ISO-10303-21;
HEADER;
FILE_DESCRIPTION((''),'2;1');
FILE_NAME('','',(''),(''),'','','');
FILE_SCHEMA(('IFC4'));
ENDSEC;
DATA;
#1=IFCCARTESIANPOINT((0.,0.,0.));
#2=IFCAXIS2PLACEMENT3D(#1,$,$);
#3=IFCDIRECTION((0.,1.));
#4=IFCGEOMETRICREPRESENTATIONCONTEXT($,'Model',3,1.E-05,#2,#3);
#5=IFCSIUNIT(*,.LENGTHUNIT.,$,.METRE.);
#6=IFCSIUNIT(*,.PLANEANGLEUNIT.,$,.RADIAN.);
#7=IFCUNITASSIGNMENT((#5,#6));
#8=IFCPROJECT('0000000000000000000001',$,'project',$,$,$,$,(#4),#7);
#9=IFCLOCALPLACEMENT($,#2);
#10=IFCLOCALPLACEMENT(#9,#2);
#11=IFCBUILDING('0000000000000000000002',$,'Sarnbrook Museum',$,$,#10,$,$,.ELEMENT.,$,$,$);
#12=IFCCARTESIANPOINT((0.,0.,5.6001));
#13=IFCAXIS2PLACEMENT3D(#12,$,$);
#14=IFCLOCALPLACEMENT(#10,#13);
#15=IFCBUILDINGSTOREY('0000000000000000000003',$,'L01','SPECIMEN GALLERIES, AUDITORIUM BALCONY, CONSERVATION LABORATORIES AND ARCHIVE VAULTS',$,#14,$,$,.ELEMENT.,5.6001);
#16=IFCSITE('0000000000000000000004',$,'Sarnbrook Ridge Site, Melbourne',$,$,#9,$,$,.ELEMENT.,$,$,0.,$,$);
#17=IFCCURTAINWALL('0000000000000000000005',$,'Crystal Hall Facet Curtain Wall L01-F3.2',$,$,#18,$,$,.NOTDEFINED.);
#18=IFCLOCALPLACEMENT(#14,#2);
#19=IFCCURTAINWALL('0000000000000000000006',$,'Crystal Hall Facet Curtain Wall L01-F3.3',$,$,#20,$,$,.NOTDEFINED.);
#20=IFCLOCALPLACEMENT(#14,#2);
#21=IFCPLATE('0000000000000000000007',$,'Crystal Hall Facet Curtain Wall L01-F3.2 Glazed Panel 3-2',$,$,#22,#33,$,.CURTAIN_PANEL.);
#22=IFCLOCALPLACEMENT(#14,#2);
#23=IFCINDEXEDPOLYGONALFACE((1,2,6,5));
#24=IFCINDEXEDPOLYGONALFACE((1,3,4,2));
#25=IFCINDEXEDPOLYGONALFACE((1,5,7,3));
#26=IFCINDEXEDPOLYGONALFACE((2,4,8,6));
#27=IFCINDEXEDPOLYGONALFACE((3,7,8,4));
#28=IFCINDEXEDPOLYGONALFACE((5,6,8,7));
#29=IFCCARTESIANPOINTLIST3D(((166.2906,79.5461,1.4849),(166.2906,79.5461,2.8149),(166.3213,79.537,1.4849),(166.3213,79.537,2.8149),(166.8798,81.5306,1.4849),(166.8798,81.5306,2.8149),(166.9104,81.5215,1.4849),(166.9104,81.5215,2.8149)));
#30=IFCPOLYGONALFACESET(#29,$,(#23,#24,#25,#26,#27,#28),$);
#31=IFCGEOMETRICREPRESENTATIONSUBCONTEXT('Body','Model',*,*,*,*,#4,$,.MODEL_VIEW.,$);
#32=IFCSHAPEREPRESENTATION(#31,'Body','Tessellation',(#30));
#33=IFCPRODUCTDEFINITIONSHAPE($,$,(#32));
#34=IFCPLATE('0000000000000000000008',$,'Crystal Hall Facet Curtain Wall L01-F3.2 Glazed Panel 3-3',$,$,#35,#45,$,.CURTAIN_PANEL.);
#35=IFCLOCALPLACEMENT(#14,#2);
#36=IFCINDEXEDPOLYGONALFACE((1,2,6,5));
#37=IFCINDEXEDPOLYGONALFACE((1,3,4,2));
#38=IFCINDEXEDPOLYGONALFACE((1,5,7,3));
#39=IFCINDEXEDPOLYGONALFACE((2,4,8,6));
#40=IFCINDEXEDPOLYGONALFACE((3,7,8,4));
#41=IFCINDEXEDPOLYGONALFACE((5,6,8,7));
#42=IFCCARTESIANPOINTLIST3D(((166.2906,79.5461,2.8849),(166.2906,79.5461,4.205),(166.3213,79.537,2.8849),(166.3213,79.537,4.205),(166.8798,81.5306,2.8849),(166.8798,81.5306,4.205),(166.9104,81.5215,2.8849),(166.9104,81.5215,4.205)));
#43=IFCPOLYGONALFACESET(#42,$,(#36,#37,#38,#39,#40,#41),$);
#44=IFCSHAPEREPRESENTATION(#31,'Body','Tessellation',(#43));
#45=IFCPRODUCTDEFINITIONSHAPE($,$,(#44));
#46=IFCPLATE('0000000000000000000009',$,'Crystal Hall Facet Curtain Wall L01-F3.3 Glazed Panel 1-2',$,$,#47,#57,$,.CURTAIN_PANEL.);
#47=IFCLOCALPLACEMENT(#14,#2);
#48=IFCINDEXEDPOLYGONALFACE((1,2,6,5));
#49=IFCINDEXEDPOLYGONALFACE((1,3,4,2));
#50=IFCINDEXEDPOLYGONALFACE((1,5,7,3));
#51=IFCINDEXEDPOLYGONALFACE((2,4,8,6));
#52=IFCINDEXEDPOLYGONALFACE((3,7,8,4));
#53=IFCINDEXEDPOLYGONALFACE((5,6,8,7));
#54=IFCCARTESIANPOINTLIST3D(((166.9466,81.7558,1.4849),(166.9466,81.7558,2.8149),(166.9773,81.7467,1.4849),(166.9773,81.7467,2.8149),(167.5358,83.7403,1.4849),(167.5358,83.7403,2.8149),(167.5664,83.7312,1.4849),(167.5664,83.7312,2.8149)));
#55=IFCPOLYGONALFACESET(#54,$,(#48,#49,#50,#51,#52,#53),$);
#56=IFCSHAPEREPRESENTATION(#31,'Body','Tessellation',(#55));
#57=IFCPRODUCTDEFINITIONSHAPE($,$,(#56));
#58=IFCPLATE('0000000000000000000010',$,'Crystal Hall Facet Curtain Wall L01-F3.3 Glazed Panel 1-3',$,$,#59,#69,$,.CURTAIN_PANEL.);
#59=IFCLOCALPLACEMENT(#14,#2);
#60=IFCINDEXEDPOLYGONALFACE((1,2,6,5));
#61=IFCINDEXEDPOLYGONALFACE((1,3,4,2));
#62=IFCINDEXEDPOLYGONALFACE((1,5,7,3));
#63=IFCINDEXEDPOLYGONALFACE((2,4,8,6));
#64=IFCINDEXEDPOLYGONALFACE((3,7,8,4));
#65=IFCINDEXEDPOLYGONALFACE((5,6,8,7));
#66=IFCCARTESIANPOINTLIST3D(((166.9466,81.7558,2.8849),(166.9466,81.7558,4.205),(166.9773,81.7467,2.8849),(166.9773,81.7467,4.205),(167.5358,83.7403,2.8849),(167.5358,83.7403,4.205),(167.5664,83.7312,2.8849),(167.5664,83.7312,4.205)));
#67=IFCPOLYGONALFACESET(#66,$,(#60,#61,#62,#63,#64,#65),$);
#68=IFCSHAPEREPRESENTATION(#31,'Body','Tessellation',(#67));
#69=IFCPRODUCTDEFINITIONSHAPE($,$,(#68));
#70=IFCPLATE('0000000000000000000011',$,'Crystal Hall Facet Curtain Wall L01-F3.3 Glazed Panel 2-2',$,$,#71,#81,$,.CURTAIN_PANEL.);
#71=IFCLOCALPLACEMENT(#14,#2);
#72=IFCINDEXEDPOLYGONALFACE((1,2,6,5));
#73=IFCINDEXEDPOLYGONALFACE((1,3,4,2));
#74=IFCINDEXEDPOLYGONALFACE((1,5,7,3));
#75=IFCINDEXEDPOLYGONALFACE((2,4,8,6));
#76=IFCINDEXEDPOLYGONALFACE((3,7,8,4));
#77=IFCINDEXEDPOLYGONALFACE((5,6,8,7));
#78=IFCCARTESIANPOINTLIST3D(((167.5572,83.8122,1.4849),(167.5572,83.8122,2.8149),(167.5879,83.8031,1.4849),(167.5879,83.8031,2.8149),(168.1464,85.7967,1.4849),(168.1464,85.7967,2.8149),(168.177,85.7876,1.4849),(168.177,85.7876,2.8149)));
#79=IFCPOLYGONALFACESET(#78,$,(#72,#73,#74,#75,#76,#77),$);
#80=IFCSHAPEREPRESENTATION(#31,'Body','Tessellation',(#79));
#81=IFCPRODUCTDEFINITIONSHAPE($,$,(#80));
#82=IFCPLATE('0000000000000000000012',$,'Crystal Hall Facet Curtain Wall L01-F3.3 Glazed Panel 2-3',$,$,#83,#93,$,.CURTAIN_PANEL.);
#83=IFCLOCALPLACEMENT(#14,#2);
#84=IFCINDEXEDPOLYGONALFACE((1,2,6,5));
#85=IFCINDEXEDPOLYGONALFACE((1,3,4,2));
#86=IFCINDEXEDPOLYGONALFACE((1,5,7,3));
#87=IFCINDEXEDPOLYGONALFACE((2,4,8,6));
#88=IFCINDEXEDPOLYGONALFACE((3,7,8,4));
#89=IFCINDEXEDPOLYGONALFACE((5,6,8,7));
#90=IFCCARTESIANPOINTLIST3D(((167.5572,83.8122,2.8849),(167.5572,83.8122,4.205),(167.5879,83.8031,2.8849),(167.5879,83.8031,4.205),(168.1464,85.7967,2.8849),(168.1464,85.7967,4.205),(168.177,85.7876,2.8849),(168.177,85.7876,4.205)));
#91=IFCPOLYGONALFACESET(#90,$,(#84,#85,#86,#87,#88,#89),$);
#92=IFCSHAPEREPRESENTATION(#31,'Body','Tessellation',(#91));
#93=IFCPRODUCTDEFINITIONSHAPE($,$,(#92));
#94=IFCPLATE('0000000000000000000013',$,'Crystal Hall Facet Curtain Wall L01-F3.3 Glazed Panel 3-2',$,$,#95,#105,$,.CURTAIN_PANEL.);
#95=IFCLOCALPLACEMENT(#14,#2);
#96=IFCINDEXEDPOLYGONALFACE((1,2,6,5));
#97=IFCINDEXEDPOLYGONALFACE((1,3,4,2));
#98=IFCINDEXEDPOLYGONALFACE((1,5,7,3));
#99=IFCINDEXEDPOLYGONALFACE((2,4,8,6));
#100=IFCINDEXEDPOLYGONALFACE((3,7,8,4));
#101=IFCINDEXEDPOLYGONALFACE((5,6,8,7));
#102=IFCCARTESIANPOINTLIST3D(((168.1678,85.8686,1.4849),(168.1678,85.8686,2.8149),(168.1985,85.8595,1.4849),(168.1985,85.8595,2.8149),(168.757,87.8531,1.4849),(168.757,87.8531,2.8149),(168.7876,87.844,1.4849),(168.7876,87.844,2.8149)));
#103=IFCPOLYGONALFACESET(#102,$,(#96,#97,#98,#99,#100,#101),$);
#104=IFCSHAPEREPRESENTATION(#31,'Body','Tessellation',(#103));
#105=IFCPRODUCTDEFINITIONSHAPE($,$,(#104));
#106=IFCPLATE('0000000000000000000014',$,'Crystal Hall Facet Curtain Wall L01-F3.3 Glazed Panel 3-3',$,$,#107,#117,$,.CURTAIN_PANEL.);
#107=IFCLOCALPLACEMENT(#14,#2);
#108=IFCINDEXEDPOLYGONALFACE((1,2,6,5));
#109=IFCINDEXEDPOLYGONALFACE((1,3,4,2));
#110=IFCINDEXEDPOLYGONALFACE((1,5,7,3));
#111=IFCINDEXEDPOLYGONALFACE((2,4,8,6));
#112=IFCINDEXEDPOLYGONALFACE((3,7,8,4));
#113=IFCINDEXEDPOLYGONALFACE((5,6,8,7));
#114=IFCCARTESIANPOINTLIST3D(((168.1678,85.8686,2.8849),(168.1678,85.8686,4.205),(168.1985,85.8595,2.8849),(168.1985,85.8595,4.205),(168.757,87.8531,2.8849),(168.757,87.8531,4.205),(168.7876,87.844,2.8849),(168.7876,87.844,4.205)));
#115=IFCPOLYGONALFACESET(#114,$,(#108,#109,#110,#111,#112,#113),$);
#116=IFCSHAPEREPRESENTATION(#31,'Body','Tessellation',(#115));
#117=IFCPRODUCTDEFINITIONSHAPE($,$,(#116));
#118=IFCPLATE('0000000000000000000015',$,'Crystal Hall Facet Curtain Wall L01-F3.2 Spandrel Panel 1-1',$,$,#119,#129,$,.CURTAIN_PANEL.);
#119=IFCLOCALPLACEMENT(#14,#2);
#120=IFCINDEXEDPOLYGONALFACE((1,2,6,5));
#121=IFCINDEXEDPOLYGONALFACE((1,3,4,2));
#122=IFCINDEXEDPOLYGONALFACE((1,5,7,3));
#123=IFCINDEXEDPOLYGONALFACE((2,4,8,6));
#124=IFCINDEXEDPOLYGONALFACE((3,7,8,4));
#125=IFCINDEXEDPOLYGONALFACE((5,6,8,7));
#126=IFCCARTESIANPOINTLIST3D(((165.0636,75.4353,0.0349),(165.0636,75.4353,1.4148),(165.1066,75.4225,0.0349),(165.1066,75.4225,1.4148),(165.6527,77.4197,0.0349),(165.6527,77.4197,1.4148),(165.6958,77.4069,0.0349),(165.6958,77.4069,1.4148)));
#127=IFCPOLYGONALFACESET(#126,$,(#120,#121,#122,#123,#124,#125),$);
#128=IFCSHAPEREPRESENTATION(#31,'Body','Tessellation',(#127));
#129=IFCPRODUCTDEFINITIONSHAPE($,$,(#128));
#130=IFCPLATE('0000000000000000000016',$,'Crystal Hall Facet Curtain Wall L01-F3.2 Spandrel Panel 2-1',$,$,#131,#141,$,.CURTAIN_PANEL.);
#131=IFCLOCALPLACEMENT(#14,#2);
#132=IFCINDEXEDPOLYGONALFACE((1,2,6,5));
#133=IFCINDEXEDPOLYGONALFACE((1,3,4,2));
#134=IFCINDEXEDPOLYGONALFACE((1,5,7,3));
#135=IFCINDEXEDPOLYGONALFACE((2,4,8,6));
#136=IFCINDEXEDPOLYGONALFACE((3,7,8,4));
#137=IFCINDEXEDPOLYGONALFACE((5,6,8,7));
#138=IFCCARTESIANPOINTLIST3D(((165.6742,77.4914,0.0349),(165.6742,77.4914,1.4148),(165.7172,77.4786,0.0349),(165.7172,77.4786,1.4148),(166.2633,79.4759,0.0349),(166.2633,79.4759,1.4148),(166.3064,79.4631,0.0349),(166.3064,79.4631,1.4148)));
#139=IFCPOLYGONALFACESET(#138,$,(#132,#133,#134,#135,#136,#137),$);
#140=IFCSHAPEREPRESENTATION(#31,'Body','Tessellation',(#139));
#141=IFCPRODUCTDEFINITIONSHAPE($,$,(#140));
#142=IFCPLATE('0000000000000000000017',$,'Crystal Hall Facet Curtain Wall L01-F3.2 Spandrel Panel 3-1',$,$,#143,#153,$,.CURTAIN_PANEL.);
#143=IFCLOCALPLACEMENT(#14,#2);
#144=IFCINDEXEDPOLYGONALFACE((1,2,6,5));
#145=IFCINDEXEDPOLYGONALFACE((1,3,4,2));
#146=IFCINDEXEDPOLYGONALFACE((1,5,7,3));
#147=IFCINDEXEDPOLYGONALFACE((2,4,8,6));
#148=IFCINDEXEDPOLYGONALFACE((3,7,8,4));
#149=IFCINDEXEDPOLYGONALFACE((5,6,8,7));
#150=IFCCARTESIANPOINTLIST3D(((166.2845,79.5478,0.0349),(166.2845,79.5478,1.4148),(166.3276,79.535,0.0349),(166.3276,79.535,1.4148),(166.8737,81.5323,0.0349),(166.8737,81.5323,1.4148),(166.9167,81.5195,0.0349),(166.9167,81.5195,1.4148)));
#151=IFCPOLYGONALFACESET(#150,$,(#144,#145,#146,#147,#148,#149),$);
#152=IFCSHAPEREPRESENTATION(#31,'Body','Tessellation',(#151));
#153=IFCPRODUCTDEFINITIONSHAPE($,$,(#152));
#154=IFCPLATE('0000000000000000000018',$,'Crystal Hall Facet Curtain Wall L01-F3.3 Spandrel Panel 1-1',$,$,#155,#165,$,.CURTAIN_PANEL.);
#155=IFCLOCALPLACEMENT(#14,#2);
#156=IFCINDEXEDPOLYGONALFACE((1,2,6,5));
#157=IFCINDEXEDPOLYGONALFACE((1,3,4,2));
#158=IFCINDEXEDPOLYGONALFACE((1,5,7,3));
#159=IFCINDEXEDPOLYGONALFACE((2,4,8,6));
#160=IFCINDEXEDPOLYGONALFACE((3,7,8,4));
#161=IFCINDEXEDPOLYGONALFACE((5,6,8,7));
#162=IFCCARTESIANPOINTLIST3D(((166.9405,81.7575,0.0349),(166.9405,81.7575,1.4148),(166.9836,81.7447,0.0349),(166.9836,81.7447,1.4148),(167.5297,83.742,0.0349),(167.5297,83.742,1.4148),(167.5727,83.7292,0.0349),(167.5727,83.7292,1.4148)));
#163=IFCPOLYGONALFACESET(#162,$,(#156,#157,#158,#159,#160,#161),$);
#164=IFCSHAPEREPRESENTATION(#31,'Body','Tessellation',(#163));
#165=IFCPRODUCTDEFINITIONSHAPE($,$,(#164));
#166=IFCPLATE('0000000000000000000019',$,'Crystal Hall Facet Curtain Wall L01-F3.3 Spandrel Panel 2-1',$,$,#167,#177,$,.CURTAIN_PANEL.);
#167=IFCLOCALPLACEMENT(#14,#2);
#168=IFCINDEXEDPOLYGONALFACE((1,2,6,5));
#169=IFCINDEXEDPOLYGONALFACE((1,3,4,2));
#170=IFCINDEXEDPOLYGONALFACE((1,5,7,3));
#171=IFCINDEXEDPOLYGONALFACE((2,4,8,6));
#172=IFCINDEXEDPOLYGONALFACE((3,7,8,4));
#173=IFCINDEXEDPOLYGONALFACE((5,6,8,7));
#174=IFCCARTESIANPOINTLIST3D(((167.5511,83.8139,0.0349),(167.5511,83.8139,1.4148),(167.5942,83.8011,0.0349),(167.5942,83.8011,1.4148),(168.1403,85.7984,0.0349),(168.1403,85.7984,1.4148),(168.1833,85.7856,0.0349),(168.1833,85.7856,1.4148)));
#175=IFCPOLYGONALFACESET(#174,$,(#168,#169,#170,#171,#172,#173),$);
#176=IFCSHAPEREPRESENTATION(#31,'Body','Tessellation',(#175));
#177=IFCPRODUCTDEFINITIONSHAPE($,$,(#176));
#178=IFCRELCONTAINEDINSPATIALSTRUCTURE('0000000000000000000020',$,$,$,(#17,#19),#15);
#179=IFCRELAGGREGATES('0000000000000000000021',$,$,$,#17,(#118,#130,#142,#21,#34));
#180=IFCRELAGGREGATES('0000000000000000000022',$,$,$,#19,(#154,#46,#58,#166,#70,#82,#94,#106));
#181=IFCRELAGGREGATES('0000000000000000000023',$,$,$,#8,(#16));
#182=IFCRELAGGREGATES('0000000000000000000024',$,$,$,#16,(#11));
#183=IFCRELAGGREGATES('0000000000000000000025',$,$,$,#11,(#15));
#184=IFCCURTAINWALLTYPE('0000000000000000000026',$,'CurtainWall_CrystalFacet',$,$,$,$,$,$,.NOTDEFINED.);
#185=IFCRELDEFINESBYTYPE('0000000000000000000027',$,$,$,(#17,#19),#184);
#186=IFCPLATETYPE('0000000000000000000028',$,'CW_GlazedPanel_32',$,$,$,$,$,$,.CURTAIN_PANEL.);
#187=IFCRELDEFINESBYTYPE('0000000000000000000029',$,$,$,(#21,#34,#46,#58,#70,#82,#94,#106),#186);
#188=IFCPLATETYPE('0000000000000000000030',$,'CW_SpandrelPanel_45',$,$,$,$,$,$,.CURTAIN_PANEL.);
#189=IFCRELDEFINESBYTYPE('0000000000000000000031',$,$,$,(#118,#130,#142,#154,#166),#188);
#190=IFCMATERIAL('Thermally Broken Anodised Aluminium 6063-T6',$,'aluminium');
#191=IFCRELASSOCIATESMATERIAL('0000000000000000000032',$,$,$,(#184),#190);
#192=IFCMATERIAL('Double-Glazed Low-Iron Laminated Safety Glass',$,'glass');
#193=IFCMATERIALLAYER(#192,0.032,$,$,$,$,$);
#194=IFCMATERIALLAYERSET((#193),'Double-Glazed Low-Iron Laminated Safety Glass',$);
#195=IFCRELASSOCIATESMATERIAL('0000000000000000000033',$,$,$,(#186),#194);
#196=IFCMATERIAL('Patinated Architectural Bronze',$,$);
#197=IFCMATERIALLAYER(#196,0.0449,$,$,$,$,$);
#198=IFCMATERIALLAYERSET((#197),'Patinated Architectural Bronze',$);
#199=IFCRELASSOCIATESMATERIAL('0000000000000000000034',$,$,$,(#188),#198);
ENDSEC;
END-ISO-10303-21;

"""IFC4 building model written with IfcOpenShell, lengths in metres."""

from ifc_helpers import new_model, si_unit, direction, frame, origin, origin_2d, place, context, subcontext, project, spatial, rectangle, extrude, material, layer, layer_set, type_object, element, aggregate, save


model = new_model("IFC4")

# Units and contexts
model_context = context("Model", 3, precision=1e-05, world=origin(), true_north=direction((0.0, 1.0)))
body_context = subcontext(model_context, "Body", "Model", "MODEL_VIEW")
ifc_project = project(units=[si_unit("LENGTHUNIT", "METRE"), si_unit("PLANEANGLEUNIT", "RADIAN")], contexts=[model_context])

# Site, building, storey
site_placement = place(None, origin())
site = spatial("IfcSite", under=ifc_project, at=site_placement, Name="Sarnbrook Ridge Site, Melbourne", CompositionType="ELEMENT", RefElevation=0.0)
building_placement = place(site_placement, origin())
building = spatial("IfcBuilding", under=site, at=building_placement, Name="Sarnbrook Museum", CompositionType="ELEMENT")
storey_placement = place(building_placement, frame((0.0, 0.0, 5.6001)))
storey = spatial("IfcBuildingStorey", under=building, at=storey_placement, Name="L01", Description="SPECIMEN GALLERIES, AUDITORIUM BALCONY, CONSERVATION LABORATORIES AND ARCHIVE VAULTS", CompositionType="ELEMENT", Elevation=5.6001)

# Curtain walls
ifc_material_1 = material(Name="Thermally Broken Anodised Aluminium 6063-T6", Category="aluminium")
curtain_wall_type = type_object("IfcCurtainWallType", Name="CurtainWall_CrystalFacet", PredefinedType="NOTDEFINED", material=ifc_material_1)
curtain_wall_1_placement = place(storey_placement, origin())
curtain_wall_1 = element("IfcCurtainWall", 1, at=curtain_wall_1_placement, inside=storey, type_object=curtain_wall_type, Name="Crystal Hall Facet Curtain Wall L01-F3.2", PredefinedType="NOTDEFINED")
curtain_wall_2_placement = place(storey_placement, origin())
curtain_wall_2 = element("IfcCurtainWall", 2, at=curtain_wall_2_placement, inside=storey, type_object=curtain_wall_type, Name="Crystal Hall Facet Curtain Wall L01-F3.3", PredefinedType="NOTDEFINED")

# Plates
ifc_material_2 = material(Name="Double-Glazed Low-Iron Laminated Safety Glass", Category="glass")
ifc_layer_1 = layer(ifc_material_2, 0.032)
ifc_layer_set_1 = layer_set([ifc_layer_1], Name="Double-Glazed Low-Iron Laminated Safety Glass")
plate_type_1 = type_object("IfcPlateType", Name="CW_GlazedPanel_32", PredefinedType="CURTAIN_PANEL", material=ifc_layer_set_1)
plate_1_placement = place(storey_placement, frame((166.5852, 80.5383, 2.1499), z_axis=(0.958647, -0.284599, 0.0), x_axis=(0.284599, 0.958647, 0.0)))
plate_1 = element("IfcPlate", 3, at=plate_1_placement, type_object=plate_type_1, Name="Crystal Hall Facet Curtain Wall L01-F3.2 Glazed Panel 3-2", PredefinedType="CURTAIN_PANEL", context=body_context, shape_type="SweptSolid", body=[
    extrude(rectangle(XDim=2.0701, YDim=1.3301, at=origin_2d()), origin(), (0.0, 0.0, 1.0), 0.032),
])
plate_2_placement = place(storey_placement, frame((166.5852, 80.5383, 3.5449), z_axis=(0.958647, -0.284599, 0.0), x_axis=(0.284599, 0.958647, 0.0)))
plate_2 = element("IfcPlate", 4, at=plate_2_placement, type_object=plate_type_1, Name="Crystal Hall Facet Curtain Wall L01-F3.2 Glazed Panel 3-3", PredefinedType="CURTAIN_PANEL", context=body_context, shape_type="SweptSolid", body=[
    extrude(rectangle(XDim=2.0701, YDim=1.3201, at=origin_2d()), origin(), (0.0, 0.0, 1.0), 0.032),
])
plate_3_placement = place(storey_placement, frame((167.2412, 82.748, 2.1499), z_axis=(0.958647, -0.284599, 0.0), x_axis=(0.284599, 0.958647, 0.0)))
plate_3 = element("IfcPlate", 5, at=plate_3_placement, type_object=plate_type_1, Name="Crystal Hall Facet Curtain Wall L01-F3.3 Glazed Panel 1-2", PredefinedType="CURTAIN_PANEL", context=body_context, shape_type="SweptSolid", body=[
    extrude(rectangle(XDim=2.0701, YDim=1.3301, at=origin_2d()), origin(), (0.0, 0.0, 1.0), 0.032),
])
plate_4_placement = place(storey_placement, frame((167.2412, 82.748, 3.5449), z_axis=(0.958647, -0.284599, 0.0), x_axis=(0.284599, 0.958647, 0.0)))
plate_4 = element("IfcPlate", 6, at=plate_4_placement, type_object=plate_type_1, Name="Crystal Hall Facet Curtain Wall L01-F3.3 Glazed Panel 1-3", PredefinedType="CURTAIN_PANEL", context=body_context, shape_type="SweptSolid", body=[
    extrude(rectangle(XDim=2.0701, YDim=1.3201, at=origin_2d()), origin(), (0.0, 0.0, 1.0), 0.032),
])
plate_5_placement = place(storey_placement, frame((167.8518, 84.8044, 2.1499), z_axis=(0.958647, -0.284599, 0.0), x_axis=(0.284599, 0.958647, 0.0)))
plate_5 = element("IfcPlate", 7, at=plate_5_placement, type_object=plate_type_1, Name="Crystal Hall Facet Curtain Wall L01-F3.3 Glazed Panel 2-2", PredefinedType="CURTAIN_PANEL", context=body_context, shape_type="SweptSolid", body=[
    extrude(rectangle(XDim=2.0701, YDim=1.3301, at=origin_2d()), origin(), (0.0, 0.0, 1.0), 0.032),
])
plate_6_placement = place(storey_placement, frame((167.8518, 84.8044, 3.5449), z_axis=(0.958647, -0.284599, 0.0), x_axis=(0.284599, 0.958647, 0.0)))
plate_6 = element("IfcPlate", 8, at=plate_6_placement, type_object=plate_type_1, Name="Crystal Hall Facet Curtain Wall L01-F3.3 Glazed Panel 2-3", PredefinedType="CURTAIN_PANEL", context=body_context, shape_type="SweptSolid", body=[
    extrude(rectangle(XDim=2.0701, YDim=1.3201, at=origin_2d()), origin(), (0.0, 0.0, 1.0), 0.032),
])
plate_7_placement = place(storey_placement, frame((168.4624, 86.8608, 2.1499), z_axis=(0.958647, -0.284599, 0.0), x_axis=(0.284599, 0.958647, 0.0)))
plate_7 = element("IfcPlate", 9, at=plate_7_placement, type_object=plate_type_1, Name="Crystal Hall Facet Curtain Wall L01-F3.3 Glazed Panel 3-2", PredefinedType="CURTAIN_PANEL", context=body_context, shape_type="SweptSolid", body=[
    extrude(rectangle(XDim=2.0701, YDim=1.3301, at=origin_2d()), origin(), (0.0, 0.0, 1.0), 0.032),
])
plate_8_placement = place(storey_placement, frame((168.4624, 86.8608, 3.5449), z_axis=(0.958647, -0.284599, 0.0), x_axis=(0.284599, 0.958647, 0.0)))
plate_8 = element("IfcPlate", 10, at=plate_8_placement, type_object=plate_type_1, Name="Crystal Hall Facet Curtain Wall L01-F3.3 Glazed Panel 3-3", PredefinedType="CURTAIN_PANEL", context=body_context, shape_type="SweptSolid", body=[
    extrude(rectangle(XDim=2.0701, YDim=1.3201, at=origin_2d()), origin(), (0.0, 0.0, 1.0), 0.032),
])
ifc_material_3 = material(Name="Patinated Architectural Bronze")
ifc_layer_2 = layer(ifc_material_3, 0.0449)
ifc_layer_set_2 = layer_set([ifc_layer_2], Name="Patinated Architectural Bronze")
plate_type_2 = type_object("IfcPlateType", Name="CW_SpandrelPanel_45", PredefinedType="CURTAIN_PANEL", material=ifc_layer_set_2)
plate_9_placement = place(storey_placement, frame((165.3582, 76.4275, 0.7249), z_axis=(0.958647, -0.284599, 0.0), x_axis=(0.284599, 0.958647, 0.0)))
plate_9 = element("IfcPlate", 11, at=plate_9_placement, type_object=plate_type_2, Name="Crystal Hall Facet Curtain Wall L01-F3.2 Spandrel Panel 1-1", PredefinedType="CURTAIN_PANEL", context=body_context, shape_type="SweptSolid", body=[
    extrude(rectangle(XDim=2.0701, YDim=1.3799, at=origin_2d()), origin(), (0.0, 0.0, 1.0), 0.0449),
])
plate_10_placement = place(storey_placement, frame((165.9688, 78.4836, 0.7249), z_axis=(0.958647, -0.284599, 0.0), x_axis=(0.284599, 0.958647, 0.0)))
plate_10 = element("IfcPlate", 12, at=plate_10_placement, type_object=plate_type_2, Name="Crystal Hall Facet Curtain Wall L01-F3.2 Spandrel Panel 2-1", PredefinedType="CURTAIN_PANEL", context=body_context, shape_type="SweptSolid", body=[
    extrude(rectangle(XDim=2.0701, YDim=1.3799, at=origin_2d()), origin(), (0.0, 0.0, 1.0), 0.0449),
])
plate_11_placement = place(storey_placement, frame((166.5791, 80.54, 0.7249), z_axis=(0.958647, -0.284599, 0.0), x_axis=(0.284599, 0.958647, 0.0)))
plate_11 = element("IfcPlate", 13, at=plate_11_placement, type_object=plate_type_2, Name="Crystal Hall Facet Curtain Wall L01-F3.2 Spandrel Panel 3-1", PredefinedType="CURTAIN_PANEL", context=body_context, shape_type="SweptSolid", body=[
    extrude(rectangle(XDim=2.0701, YDim=1.3799, at=origin_2d()), origin(), (0.0, 0.0, 1.0), 0.0449),
])
aggregate(curtain_wall_1, [plate_9, plate_10, plate_11, plate_1, plate_2])
plate_12_placement = place(storey_placement, frame((167.2351, 82.7498, 0.7249), z_axis=(0.958647, -0.284599, 0.0), x_axis=(0.284599, 0.958647, 0.0)))
plate_12 = element("IfcPlate", 14, at=plate_12_placement, type_object=plate_type_2, Name="Crystal Hall Facet Curtain Wall L01-F3.3 Spandrel Panel 1-1", PredefinedType="CURTAIN_PANEL", context=body_context, shape_type="SweptSolid", body=[
    extrude(rectangle(XDim=2.0701, YDim=1.3799, at=origin_2d()), origin(), (0.0, 0.0, 1.0), 0.0449),
])
plate_13_placement = place(storey_placement, frame((167.8457, 84.8062, 0.7249), z_axis=(0.958647, -0.284599, 0.0), x_axis=(0.284599, 0.958647, 0.0)))
plate_13 = element("IfcPlate", 15, at=plate_13_placement, type_object=plate_type_2, Name="Crystal Hall Facet Curtain Wall L01-F3.3 Spandrel Panel 2-1", PredefinedType="CURTAIN_PANEL", context=body_context, shape_type="SweptSolid", body=[
    extrude(rectangle(XDim=2.0701, YDim=1.3799, at=origin_2d()), origin(), (0.0, 0.0, 1.0), 0.0449),
])
aggregate(curtain_wall_2, [plate_12, plate_3, plate_4, plate_13, plate_5, plate_6, plate_7, plate_8])

save(model, "model.ifc")
